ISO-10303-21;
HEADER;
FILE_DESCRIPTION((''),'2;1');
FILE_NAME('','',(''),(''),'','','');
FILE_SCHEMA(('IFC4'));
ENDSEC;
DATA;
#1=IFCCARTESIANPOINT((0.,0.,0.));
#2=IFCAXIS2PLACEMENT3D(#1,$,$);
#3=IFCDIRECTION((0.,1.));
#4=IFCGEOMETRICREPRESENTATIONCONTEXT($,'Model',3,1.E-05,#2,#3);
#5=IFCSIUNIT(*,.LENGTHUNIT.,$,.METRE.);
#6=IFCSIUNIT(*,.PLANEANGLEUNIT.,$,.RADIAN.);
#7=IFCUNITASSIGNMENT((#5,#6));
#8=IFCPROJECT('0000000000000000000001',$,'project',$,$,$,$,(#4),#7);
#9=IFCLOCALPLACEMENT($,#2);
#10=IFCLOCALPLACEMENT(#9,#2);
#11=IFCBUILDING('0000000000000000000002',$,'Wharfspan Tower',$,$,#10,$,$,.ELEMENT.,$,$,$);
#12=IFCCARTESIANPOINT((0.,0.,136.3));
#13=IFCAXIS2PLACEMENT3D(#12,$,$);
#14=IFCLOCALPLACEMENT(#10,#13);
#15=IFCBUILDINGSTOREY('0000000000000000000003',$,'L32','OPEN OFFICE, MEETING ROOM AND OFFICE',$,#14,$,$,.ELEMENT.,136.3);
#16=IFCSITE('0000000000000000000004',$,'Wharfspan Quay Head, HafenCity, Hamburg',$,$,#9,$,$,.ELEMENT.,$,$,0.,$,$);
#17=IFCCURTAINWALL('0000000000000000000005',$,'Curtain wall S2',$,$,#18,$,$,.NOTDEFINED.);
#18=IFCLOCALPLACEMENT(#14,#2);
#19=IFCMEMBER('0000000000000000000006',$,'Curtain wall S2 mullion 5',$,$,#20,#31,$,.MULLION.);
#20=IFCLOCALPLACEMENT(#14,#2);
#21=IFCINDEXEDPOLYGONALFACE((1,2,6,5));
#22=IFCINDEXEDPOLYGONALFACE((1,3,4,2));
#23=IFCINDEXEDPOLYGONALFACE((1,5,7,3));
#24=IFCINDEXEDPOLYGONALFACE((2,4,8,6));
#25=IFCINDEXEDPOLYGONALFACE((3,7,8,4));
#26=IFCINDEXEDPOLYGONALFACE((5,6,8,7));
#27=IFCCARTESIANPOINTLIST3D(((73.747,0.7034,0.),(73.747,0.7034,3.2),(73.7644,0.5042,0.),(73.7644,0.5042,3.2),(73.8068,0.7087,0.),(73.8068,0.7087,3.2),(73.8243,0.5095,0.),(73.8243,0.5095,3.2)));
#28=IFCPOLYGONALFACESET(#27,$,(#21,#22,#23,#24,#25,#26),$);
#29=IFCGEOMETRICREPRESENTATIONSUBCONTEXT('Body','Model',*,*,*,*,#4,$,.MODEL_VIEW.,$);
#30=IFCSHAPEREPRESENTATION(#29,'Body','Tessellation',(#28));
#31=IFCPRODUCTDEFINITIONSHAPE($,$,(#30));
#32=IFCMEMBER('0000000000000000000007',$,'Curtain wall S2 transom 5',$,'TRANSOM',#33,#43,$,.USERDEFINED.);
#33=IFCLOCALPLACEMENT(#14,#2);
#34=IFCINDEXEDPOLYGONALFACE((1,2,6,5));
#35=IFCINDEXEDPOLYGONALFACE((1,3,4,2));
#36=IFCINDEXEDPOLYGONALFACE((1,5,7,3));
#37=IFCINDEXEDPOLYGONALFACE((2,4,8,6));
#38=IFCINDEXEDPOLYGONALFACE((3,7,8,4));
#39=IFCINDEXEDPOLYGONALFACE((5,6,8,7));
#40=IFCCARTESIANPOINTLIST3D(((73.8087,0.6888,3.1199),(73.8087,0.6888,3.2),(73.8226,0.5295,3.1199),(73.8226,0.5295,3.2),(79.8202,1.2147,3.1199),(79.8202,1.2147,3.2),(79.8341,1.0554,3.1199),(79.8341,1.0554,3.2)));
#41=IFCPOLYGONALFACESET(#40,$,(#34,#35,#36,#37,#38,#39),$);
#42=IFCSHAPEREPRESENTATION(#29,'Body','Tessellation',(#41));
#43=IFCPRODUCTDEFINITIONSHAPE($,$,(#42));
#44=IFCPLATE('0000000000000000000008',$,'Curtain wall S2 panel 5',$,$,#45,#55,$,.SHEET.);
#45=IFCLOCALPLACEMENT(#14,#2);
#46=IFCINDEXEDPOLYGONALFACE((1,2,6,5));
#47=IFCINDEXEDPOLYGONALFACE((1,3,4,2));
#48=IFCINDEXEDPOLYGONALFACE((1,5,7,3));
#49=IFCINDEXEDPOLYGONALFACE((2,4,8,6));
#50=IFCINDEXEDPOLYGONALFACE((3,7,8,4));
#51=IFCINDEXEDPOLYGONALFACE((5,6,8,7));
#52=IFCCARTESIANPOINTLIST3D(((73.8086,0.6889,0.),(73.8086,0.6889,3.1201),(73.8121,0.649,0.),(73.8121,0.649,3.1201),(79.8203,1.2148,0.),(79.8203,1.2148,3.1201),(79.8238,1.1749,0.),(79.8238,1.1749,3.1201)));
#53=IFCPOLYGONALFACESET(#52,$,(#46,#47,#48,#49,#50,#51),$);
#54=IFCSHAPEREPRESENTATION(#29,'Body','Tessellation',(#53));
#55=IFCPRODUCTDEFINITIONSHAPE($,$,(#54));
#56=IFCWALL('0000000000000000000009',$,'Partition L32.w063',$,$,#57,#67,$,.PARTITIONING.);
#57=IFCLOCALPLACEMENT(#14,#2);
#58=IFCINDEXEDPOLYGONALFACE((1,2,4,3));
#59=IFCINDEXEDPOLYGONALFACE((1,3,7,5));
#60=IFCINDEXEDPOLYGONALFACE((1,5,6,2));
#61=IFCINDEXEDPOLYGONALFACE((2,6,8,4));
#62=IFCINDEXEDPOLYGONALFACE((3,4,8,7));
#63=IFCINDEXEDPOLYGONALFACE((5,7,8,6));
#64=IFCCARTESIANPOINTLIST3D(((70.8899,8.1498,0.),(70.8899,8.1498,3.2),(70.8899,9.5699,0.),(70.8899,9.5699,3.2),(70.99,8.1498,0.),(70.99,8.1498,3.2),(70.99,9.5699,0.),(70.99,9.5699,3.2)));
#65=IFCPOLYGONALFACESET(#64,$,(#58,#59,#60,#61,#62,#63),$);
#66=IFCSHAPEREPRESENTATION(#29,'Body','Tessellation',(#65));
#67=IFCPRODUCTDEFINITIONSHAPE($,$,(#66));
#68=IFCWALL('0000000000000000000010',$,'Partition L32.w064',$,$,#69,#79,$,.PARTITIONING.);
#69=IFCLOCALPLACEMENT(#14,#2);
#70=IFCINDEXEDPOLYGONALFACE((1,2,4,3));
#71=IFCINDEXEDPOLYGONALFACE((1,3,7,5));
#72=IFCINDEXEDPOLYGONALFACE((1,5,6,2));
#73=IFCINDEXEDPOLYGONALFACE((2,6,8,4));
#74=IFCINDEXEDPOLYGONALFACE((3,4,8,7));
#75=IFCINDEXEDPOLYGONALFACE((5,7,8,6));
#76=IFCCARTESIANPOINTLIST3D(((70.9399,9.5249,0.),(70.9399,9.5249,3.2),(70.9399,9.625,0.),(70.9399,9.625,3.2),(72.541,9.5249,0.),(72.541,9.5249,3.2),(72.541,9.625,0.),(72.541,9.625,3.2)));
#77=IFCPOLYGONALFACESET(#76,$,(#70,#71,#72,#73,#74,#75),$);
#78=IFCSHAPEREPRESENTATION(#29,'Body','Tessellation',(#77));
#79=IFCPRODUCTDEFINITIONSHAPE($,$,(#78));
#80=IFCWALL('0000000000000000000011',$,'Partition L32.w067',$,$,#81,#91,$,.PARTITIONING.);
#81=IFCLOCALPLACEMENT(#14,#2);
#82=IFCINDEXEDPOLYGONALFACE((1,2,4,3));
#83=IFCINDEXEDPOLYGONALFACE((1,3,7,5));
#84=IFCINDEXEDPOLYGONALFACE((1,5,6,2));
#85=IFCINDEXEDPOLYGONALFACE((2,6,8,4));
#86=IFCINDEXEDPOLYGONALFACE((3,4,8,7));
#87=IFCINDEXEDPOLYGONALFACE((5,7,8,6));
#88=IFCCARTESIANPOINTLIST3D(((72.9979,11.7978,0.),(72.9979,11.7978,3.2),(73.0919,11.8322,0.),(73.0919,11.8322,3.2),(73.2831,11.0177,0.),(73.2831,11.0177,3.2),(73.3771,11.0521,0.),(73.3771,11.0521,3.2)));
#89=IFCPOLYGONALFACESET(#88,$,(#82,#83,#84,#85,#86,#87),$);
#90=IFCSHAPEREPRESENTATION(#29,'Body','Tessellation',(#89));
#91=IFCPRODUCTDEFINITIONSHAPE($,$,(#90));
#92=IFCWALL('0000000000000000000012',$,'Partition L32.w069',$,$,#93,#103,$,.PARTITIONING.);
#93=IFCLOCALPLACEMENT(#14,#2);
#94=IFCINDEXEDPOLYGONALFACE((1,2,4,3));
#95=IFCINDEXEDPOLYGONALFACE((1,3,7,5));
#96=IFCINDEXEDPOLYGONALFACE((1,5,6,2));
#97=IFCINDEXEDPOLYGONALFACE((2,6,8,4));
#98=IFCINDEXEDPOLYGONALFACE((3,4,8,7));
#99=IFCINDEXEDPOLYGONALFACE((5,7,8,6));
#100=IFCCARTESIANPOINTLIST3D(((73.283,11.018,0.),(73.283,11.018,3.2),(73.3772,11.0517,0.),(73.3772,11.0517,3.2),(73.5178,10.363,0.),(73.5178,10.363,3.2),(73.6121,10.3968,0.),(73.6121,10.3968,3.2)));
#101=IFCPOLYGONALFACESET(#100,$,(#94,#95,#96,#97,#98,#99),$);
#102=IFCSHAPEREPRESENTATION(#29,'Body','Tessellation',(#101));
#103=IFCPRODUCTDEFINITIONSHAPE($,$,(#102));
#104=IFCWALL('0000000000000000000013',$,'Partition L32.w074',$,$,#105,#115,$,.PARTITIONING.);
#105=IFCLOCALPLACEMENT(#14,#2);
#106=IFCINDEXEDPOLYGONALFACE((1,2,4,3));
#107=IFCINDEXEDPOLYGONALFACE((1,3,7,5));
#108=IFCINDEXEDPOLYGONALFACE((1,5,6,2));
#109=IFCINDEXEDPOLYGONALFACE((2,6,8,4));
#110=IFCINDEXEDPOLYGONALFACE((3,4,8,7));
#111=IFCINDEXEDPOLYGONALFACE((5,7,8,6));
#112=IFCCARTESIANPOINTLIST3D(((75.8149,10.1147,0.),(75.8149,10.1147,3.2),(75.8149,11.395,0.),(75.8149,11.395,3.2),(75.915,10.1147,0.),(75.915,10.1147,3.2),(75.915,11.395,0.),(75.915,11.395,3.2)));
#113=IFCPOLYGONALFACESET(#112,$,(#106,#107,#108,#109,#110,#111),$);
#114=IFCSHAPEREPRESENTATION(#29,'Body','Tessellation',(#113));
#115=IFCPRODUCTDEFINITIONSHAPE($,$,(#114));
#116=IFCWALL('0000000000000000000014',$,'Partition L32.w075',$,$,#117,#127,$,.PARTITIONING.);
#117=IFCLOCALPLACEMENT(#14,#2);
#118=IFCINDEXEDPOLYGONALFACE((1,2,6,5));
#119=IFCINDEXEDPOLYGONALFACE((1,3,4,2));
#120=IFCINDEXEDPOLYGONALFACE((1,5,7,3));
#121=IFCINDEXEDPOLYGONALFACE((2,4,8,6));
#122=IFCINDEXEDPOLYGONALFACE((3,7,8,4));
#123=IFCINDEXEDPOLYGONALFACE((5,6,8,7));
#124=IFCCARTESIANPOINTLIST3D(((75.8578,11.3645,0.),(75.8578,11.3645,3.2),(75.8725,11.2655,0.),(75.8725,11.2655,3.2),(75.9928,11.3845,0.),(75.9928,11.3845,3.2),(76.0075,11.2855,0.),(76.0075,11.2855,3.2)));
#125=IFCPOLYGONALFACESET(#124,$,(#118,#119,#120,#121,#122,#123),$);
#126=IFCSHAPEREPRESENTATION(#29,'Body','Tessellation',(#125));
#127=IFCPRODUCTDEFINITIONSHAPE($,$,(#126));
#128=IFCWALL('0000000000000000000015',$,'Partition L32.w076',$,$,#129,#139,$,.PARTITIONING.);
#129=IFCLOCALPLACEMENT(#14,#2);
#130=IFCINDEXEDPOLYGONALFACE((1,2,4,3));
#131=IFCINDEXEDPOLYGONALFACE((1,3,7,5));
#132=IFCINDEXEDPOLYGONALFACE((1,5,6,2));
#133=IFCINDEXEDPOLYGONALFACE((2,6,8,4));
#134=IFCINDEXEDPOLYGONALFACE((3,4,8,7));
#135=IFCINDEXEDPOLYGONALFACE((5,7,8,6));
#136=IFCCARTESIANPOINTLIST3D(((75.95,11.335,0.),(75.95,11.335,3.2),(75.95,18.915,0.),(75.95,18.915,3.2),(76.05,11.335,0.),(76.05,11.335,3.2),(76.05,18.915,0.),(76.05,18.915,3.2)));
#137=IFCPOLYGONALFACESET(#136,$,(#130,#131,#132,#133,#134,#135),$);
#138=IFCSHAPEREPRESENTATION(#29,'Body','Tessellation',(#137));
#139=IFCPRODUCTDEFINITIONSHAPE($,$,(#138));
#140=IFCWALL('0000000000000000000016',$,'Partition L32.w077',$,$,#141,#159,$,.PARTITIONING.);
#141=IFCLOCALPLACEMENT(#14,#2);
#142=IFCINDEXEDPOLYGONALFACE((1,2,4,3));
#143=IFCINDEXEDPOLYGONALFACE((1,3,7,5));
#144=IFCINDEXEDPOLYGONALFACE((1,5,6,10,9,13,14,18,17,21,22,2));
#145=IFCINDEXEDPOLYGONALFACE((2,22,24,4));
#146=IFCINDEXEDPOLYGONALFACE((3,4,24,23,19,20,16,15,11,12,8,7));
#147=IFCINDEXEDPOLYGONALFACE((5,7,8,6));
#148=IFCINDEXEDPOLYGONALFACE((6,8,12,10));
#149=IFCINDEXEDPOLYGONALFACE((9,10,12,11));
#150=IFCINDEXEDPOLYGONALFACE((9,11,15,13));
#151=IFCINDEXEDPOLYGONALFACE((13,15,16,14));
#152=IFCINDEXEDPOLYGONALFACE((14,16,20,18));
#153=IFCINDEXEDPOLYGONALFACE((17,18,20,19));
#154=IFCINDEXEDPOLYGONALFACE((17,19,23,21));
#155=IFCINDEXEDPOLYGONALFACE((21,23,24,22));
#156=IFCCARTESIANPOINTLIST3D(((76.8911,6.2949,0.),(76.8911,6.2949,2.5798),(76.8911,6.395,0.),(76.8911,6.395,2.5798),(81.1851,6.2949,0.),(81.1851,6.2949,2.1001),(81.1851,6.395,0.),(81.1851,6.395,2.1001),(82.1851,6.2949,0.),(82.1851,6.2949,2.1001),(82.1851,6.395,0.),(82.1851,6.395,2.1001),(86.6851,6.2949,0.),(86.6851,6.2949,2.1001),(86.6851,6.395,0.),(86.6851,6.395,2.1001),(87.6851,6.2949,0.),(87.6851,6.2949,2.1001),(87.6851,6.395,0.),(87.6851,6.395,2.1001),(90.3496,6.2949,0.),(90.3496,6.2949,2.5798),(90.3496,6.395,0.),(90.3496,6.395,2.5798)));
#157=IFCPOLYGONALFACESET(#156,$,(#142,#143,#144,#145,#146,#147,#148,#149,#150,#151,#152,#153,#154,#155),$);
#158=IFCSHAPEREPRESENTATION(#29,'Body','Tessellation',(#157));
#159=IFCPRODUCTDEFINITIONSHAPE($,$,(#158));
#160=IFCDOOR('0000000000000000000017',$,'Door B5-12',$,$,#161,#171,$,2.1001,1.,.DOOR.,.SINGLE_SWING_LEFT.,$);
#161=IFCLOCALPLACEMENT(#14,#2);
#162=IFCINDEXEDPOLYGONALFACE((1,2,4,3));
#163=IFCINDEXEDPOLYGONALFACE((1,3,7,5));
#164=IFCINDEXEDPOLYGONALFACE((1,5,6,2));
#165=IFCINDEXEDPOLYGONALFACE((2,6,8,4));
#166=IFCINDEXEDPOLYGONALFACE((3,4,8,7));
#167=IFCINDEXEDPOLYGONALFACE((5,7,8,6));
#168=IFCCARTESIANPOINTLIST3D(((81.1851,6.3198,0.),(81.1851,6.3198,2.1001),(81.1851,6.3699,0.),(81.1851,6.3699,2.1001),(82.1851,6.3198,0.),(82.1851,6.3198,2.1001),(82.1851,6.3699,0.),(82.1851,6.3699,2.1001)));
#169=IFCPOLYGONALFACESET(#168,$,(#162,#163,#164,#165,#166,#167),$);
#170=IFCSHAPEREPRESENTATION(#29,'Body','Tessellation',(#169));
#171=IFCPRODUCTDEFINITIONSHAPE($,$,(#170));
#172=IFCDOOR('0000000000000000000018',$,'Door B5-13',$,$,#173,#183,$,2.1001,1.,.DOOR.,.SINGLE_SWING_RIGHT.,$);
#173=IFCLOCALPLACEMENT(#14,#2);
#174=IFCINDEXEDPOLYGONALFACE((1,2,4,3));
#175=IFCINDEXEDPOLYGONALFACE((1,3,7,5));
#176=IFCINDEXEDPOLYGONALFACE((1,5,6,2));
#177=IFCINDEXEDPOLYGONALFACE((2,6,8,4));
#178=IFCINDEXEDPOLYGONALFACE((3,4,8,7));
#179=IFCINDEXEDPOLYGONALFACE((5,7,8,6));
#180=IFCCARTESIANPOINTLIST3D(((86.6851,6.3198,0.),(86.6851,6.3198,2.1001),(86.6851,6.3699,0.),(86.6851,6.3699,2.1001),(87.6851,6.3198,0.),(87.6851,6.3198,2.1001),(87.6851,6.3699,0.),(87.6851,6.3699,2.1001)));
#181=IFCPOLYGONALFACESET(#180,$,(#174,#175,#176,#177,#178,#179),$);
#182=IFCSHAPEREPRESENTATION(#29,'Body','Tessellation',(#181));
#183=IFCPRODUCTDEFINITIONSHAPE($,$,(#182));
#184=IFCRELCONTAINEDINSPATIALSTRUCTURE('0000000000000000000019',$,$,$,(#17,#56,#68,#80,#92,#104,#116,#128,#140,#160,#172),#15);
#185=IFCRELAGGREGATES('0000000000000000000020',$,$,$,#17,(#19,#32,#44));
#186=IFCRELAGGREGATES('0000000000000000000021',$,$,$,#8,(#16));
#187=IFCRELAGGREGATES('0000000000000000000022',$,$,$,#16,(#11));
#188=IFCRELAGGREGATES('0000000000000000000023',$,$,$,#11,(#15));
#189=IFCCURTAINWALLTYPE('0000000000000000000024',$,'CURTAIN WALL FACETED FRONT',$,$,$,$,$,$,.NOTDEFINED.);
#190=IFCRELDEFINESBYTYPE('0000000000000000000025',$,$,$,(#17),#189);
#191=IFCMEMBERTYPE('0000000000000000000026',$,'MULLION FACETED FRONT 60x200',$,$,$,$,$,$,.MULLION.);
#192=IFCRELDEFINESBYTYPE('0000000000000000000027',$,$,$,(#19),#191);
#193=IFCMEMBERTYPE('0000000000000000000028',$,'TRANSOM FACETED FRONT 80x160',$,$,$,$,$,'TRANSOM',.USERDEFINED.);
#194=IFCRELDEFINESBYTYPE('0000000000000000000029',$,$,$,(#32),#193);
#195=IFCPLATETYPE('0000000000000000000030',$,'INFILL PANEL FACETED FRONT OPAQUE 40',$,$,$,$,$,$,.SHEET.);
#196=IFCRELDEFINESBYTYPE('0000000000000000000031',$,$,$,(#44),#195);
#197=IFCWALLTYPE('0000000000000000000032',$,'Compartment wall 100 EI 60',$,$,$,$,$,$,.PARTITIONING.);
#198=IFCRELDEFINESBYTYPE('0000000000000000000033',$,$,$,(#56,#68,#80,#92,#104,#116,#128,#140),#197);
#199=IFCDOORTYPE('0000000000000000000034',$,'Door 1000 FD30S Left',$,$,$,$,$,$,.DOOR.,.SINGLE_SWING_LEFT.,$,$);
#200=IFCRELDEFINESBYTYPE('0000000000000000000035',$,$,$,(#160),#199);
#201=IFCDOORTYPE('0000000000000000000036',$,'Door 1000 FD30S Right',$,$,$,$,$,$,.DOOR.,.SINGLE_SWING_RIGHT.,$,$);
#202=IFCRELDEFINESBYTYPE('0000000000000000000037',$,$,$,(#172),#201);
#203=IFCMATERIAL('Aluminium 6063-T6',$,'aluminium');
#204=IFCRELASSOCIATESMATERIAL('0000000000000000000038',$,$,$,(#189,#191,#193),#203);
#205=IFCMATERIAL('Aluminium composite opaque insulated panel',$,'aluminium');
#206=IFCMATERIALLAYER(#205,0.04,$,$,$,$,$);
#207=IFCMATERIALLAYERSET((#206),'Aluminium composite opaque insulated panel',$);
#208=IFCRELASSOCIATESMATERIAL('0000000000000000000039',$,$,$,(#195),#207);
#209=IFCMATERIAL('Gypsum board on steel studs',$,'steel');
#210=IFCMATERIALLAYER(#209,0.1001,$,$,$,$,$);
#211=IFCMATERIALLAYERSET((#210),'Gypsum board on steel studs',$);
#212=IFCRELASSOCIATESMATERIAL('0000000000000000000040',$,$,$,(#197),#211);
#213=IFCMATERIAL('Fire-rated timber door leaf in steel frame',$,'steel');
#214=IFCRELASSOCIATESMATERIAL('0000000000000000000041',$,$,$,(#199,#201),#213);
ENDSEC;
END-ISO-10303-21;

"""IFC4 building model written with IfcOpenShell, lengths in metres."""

from ifc_helpers import new_model, si_unit, direction, frame, frame_2d, origin, origin_2d, place, context, subcontext, project, spatial, rectangle, extrude, material, layer, layer_set, material_profile, profile_set, type_object, element, fill, aggregate, save


model = new_model("IFC4")

# Units and contexts
model_context = context("Model", 3, precision=1e-05, world=origin(), true_north=direction((0.0, 1.0)))
body_context = subcontext(model_context, "Body", "Model", "MODEL_VIEW")
ifc_project = project(units=[si_unit("LENGTHUNIT", "METRE"), si_unit("PLANEANGLEUNIT", "RADIAN")], contexts=[model_context])

# Site, building, storey
site_placement = place(None, origin())
site = spatial("IfcSite", under=ifc_project, at=site_placement, Name="Wharfspan Quay Head, HafenCity, Hamburg", CompositionType="ELEMENT", RefElevation=0.0)
building_placement = place(site_placement, origin())
building = spatial("IfcBuilding", under=site, at=building_placement, Name="Wharfspan Tower", CompositionType="ELEMENT")
storey_placement = place(building_placement, frame((0.0, 0.0, 136.3)))
storey = spatial("IfcBuildingStorey", under=building, at=storey_placement, Name="L32", Description="OPEN OFFICE, MEETING ROOM AND OFFICE", CompositionType="ELEMENT", Elevation=136.3)

# Curtain wall, members, plate
ifc_material_1 = material(Name="Aluminium 6063-T6", Category="aluminium")
curtain_wall_type = type_object("IfcCurtainWallType", Name="CURTAIN WALL FACETED FRONT", PredefinedType="NOTDEFINED", material=ifc_material_1)
curtain_wall_placement = place(storey_placement, origin())
curtain_wall = element("IfcCurtainWall", 1, at=curtain_wall_placement, inside=storey, type_object=curtain_wall_type, Name="Curtain wall S2", PredefinedType="NOTDEFINED")
ifc_material_profile_1 = material_profile(ifc_material_1, rectangle(XDim=0.2, YDim=0.0601, at=origin_2d()))
ifc_profile_set_1 = profile_set([ifc_material_profile_1], Name="Aluminium 6063-T6")
member_type_1 = type_object("IfcMemberType", Name="MULLION FACETED FRONT 60x200", PredefinedType="MULLION", material=ifc_profile_set_1)
member_1_placement = place(storey_placement, frame((73.7856, 0.6064, 0.0), z_axis=(0.0, 0.0, 1.0), x_axis=(-0.087156, 0.996198, 0.0)))
member_1 = element("IfcMember", 2, at=member_1_placement, type_object=member_type_1, Name="Curtain wall S2 mullion 5", PredefinedType="MULLION", context=body_context, shape_type="SweptSolid", body=[
    extrude(rectangle(XDim=0.2, YDim=0.0601, at=origin_2d()), origin(), (0.0, 0.0, 1.0), 3.2),
])
ifc_material_profile_2 = material_profile(ifc_material_1, rectangle(XDim=0.1599, YDim=0.0801, at=origin_2d()))
ifc_profile_set_2 = profile_set([ifc_material_profile_2], Name="Aluminium 6063-T6")
member_type_2 = type_object("IfcMemberType", Name="TRANSOM FACETED FRONT 80x160", ElementType="TRANSOM", PredefinedType="USERDEFINED", material=ifc_profile_set_2)
member_2_placement = place(storey_placement, frame((73.8157, 0.6091, 3.1599), z_axis=(0.996196, 0.087146, 0.0), x_axis=(-0.087146, 0.996196, 0.0)))
member_2 = element("IfcMember", 3, at=member_2_placement, type_object=member_type_2, Name="Curtain wall S2 transom 5", ObjectType="TRANSOM", PredefinedType="USERDEFINED", context=body_context, shape_type="SweptSolid", body=[
    extrude(rectangle(XDim=0.1599, YDim=0.0801, at=origin_2d()), origin(), (0.0, 0.0, 1.0), 6.0344),
])
ifc_material_2 = material(Name="Aluminium composite opaque insulated panel", Category="aluminium")
ifc_layer_1 = layer(ifc_material_2, 0.04)
ifc_layer_set_1 = layer_set([ifc_layer_1], Name="Aluminium composite opaque insulated panel")
plate_type = type_object("IfcPlateType", Name="INFILL PANEL FACETED FRONT OPAQUE 40", PredefinedType="SHEET", material=ifc_layer_set_1)
plate_placement = place(storey_placement, frame((76.8162, 0.9319, 0.0), z_axis=(0.0, 0.0, 1.0), x_axis=(0.996198, 0.087156, 0.0)))
plate = element("IfcPlate", 4, at=plate_placement, type_object=plate_type, Name="Curtain wall S2 panel 5", PredefinedType="SHEET", context=body_context, shape_type="SweptSolid", body=[
    extrude(rectangle(XDim=6.0347, YDim=0.04, at=origin_2d()), origin(), (0.0, 0.0, 1.0), 3.1201),
])
aggregate(curtain_wall, [member_1, member_2, plate])

# Walls
ifc_material_3 = material(Name="Gypsum board on steel studs", Category="steel")
ifc_layer_2 = layer(ifc_material_3, 0.1001)
ifc_layer_set_2 = layer_set([ifc_layer_2], Name="Gypsum board on steel studs")
wall_type_1 = type_object("IfcWallType", Name="Compartment wall 100 EI 60", PredefinedType="PARTITIONING", material=ifc_layer_set_2)
wall_1_placement = place(storey_placement, frame((70.9399, 8.1499, 0.0), z_axis=(0.0, 0.0, 1.0), x_axis=(0.0, 1.0, 0.0)))
element("IfcWall", 5, at=wall_1_placement, inside=storey, type_object=wall_type_1, Name="Partition L32.w063", PredefinedType="PARTITIONING", context=body_context, shape_type="SweptSolid", body=[
    extrude(rectangle(XDim=1.4202, YDim=0.1001, at=frame_2d((0.71, 0.0))), origin(), (0.0, 0.0, 1.0), 3.2),
])
wall_2_placement = place(storey_placement, frame((70.9399, 9.575, 0.0), z_axis=(0.0, 0.0, 1.0), x_axis=(1.0, 0.0, 0.0)))
element("IfcWall", 6, at=wall_2_placement, inside=storey, type_object=wall_type_1, Name="Partition L32.w064", PredefinedType="PARTITIONING", context=body_context, shape_type="SweptSolid", body=[
    extrude(rectangle(XDim=1.6011, YDim=0.1001, at=frame_2d((0.8005, 0.0))), origin(), (0.0, 0.0, 1.0), 3.2),
])
wall_3_placement = place(storey_placement, frame((73.3301, 11.0349, 0.0), z_axis=(0.0, 0.0, 1.0), x_axis=(-0.343347, 0.939207, 0.0)))
element("IfcWall", 7, at=wall_3_placement, inside=storey, type_object=wall_type_1, Name="Partition L32.w067", PredefinedType="PARTITIONING", context=body_context, shape_type="SweptSolid", body=[
    extrude(rectangle(XDim=0.8306, YDim=0.1001, at=frame_2d((0.4153, 0.0))), origin(), (0.0, 0.0, 1.0), 3.2),
])
wall_4_placement = place(storey_placement, frame((73.5649, 10.3799, 0.0), z_axis=(0.0, 0.0, 1.0), x_axis=(-0.337515, 0.941323, 0.0)))
element("IfcWall", 8, at=wall_4_placement, inside=storey, type_object=wall_type_1, Name="Partition L32.w069", PredefinedType="PARTITIONING", context=body_context, shape_type="SweptSolid", body=[
    extrude(rectangle(XDim=0.6958, YDim=0.1001, at=frame_2d((0.3479, 0.0))), origin(), (0.0, 0.0, 1.0), 3.2),
])
wall_5_placement = place(storey_placement, frame((75.865, 10.1147, 0.0), z_axis=(0.0, 0.0, 1.0), x_axis=(0.0, 1.0, 0.0)))
element("IfcWall", 9, at=wall_5_placement, inside=storey, type_object=wall_type_1, Name="Partition L32.w074", PredefinedType="PARTITIONING", context=body_context, shape_type="SweptSolid", body=[
    extrude(rectangle(XDim=1.2803, YDim=0.1001, at=frame_2d((0.6401, 0.0))), origin(), (0.0, 0.0, 1.0), 3.2),
])
wall_6_placement = place(storey_placement, frame((75.865, 11.3149, 0.0), z_axis=(0.0, 0.0, 1.0), x_axis=(0.989182, 0.146678, 0.0)))
element("IfcWall", 10, at=wall_6_placement, inside=storey, type_object=wall_type_1, Name="Partition L32.w075", PredefinedType="PARTITIONING", context=body_context, shape_type="SweptSolid", body=[
    extrude(rectangle(XDim=0.1365, YDim=0.1001, at=frame_2d((0.0684, 0.0))), origin(), (0.0, 0.0, 1.0), 3.2),
])
wall_7_placement = place(storey_placement, frame((76.0, 11.335, 0.0), z_axis=(0.0, 0.0, 1.0), x_axis=(0.0, 1.0, 0.0)))
element("IfcWall", 11, at=wall_7_placement, inside=storey, type_object=wall_type_1, Name="Partition L32.w076", PredefinedType="PARTITIONING", context=body_context, shape_type="SweptSolid", body=[
    extrude(rectangle(XDim=7.5801, YDim=0.1001, at=frame_2d((3.79, 0.0))), origin(), (0.0, 0.0, 1.0), 3.2),
])

# Wall, openings, doors
wall_8_placement = place(storey_placement, frame((76.8911, 6.345, 0.0), z_axis=(0.0, 0.0, 1.0), x_axis=(1.0, 0.0, 0.0)))
wall_8 = element("IfcWall", 12, at=wall_8_placement, inside=storey, type_object=wall_type_1, Name="Partition L32.w077", PredefinedType="PARTITIONING", context=body_context, shape_type="SweptSolid", body=[
    extrude(rectangle(XDim=13.4585, YDim=0.1001, at=frame_2d((6.7292, 0.0))), origin(), (0.0, 0.0, 1.0), 2.5798),
])
opening_1_placement = place(wall_8_placement, frame((4.2939, 0.0, 0.0)))
opening_1 = element("IfcOpeningElement", 13, at=opening_1_placement, cuts=wall_8, PredefinedType="OPENING", context=body_context, shape_type="SweptSolid", body=[
    extrude(rectangle(XDim=1.0, YDim=2.1001, at=frame_2d((0.5, 1.05))), frame((0.0, 0.0601, 0.0), z_axis=(0.0, -1.0, 0.0), x_axis=(1.0, 0.0, 0.0)), (0.0, 0.0, 1.0), 0.1201),
])
opening_2_placement = place(wall_8_placement, frame((9.7939, 0.0, 0.0)))
opening_2 = element("IfcOpeningElement", 14, at=opening_2_placement, cuts=wall_8, PredefinedType="OPENING", context=body_context, shape_type="SweptSolid", body=[
    extrude(rectangle(XDim=1.0, YDim=2.1001, at=frame_2d((0.5, 1.05))), frame((0.0, 0.0601, 0.0), z_axis=(0.0, -1.0, 0.0), x_axis=(1.0, 0.0, 0.0)), (0.0, 0.0, 1.0), 0.1201),
])
ifc_material_4 = material(Name="Fire-rated timber door leaf in steel frame", Category="steel")
door_type_1 = type_object("IfcDoorType", Name="Door 1000 FD30S Left", OperationType="SINGLE_SWING_LEFT", PredefinedType="DOOR", material=ifc_material_4)
door_1_placement = place(opening_1_placement, origin())
door_1 = element("IfcDoor", 15, at=door_1_placement, inside=storey, type_object=door_type_1, Name="Door B5-12", OperationType="SINGLE_SWING_LEFT", OverallHeight=2.1001, OverallWidth=1.0, PredefinedType="DOOR", context=body_context, shape_type="SweptSolid", body=[
    extrude(rectangle(XDim=1.0, YDim=2.1001, at=frame_2d((0.5, 1.05))), frame((0.0, 0.0249, 0.0), z_axis=(0.0, -1.0, 0.0), x_axis=(1.0, 0.0, 0.0)), (0.0, 0.0, 1.0), 0.05),
])
fill(opening_1, door_1)
door_type_2 = type_object("IfcDoorType", Name="Door 1000 FD30S Right", OperationType="SINGLE_SWING_RIGHT", PredefinedType="DOOR", material=ifc_material_4)
door_2_placement = place(opening_2_placement, origin())
door_2 = element("IfcDoor", 16, at=door_2_placement, inside=storey, type_object=door_type_2, Name="Door B5-13", OperationType="SINGLE_SWING_RIGHT", OverallHeight=2.1001, OverallWidth=1.0, PredefinedType="DOOR", context=body_context, shape_type="SweptSolid", body=[
    extrude(rectangle(XDim=1.0, YDim=2.1001, at=frame_2d((0.5, 1.05))), frame((0.0, 0.0249, 0.0), z_axis=(0.0, -1.0, 0.0), x_axis=(1.0, 0.0, 0.0)), (0.0, 0.0, 1.0), 0.05),
])
fill(opening_2, door_2)

save(model, "model.ifc")
